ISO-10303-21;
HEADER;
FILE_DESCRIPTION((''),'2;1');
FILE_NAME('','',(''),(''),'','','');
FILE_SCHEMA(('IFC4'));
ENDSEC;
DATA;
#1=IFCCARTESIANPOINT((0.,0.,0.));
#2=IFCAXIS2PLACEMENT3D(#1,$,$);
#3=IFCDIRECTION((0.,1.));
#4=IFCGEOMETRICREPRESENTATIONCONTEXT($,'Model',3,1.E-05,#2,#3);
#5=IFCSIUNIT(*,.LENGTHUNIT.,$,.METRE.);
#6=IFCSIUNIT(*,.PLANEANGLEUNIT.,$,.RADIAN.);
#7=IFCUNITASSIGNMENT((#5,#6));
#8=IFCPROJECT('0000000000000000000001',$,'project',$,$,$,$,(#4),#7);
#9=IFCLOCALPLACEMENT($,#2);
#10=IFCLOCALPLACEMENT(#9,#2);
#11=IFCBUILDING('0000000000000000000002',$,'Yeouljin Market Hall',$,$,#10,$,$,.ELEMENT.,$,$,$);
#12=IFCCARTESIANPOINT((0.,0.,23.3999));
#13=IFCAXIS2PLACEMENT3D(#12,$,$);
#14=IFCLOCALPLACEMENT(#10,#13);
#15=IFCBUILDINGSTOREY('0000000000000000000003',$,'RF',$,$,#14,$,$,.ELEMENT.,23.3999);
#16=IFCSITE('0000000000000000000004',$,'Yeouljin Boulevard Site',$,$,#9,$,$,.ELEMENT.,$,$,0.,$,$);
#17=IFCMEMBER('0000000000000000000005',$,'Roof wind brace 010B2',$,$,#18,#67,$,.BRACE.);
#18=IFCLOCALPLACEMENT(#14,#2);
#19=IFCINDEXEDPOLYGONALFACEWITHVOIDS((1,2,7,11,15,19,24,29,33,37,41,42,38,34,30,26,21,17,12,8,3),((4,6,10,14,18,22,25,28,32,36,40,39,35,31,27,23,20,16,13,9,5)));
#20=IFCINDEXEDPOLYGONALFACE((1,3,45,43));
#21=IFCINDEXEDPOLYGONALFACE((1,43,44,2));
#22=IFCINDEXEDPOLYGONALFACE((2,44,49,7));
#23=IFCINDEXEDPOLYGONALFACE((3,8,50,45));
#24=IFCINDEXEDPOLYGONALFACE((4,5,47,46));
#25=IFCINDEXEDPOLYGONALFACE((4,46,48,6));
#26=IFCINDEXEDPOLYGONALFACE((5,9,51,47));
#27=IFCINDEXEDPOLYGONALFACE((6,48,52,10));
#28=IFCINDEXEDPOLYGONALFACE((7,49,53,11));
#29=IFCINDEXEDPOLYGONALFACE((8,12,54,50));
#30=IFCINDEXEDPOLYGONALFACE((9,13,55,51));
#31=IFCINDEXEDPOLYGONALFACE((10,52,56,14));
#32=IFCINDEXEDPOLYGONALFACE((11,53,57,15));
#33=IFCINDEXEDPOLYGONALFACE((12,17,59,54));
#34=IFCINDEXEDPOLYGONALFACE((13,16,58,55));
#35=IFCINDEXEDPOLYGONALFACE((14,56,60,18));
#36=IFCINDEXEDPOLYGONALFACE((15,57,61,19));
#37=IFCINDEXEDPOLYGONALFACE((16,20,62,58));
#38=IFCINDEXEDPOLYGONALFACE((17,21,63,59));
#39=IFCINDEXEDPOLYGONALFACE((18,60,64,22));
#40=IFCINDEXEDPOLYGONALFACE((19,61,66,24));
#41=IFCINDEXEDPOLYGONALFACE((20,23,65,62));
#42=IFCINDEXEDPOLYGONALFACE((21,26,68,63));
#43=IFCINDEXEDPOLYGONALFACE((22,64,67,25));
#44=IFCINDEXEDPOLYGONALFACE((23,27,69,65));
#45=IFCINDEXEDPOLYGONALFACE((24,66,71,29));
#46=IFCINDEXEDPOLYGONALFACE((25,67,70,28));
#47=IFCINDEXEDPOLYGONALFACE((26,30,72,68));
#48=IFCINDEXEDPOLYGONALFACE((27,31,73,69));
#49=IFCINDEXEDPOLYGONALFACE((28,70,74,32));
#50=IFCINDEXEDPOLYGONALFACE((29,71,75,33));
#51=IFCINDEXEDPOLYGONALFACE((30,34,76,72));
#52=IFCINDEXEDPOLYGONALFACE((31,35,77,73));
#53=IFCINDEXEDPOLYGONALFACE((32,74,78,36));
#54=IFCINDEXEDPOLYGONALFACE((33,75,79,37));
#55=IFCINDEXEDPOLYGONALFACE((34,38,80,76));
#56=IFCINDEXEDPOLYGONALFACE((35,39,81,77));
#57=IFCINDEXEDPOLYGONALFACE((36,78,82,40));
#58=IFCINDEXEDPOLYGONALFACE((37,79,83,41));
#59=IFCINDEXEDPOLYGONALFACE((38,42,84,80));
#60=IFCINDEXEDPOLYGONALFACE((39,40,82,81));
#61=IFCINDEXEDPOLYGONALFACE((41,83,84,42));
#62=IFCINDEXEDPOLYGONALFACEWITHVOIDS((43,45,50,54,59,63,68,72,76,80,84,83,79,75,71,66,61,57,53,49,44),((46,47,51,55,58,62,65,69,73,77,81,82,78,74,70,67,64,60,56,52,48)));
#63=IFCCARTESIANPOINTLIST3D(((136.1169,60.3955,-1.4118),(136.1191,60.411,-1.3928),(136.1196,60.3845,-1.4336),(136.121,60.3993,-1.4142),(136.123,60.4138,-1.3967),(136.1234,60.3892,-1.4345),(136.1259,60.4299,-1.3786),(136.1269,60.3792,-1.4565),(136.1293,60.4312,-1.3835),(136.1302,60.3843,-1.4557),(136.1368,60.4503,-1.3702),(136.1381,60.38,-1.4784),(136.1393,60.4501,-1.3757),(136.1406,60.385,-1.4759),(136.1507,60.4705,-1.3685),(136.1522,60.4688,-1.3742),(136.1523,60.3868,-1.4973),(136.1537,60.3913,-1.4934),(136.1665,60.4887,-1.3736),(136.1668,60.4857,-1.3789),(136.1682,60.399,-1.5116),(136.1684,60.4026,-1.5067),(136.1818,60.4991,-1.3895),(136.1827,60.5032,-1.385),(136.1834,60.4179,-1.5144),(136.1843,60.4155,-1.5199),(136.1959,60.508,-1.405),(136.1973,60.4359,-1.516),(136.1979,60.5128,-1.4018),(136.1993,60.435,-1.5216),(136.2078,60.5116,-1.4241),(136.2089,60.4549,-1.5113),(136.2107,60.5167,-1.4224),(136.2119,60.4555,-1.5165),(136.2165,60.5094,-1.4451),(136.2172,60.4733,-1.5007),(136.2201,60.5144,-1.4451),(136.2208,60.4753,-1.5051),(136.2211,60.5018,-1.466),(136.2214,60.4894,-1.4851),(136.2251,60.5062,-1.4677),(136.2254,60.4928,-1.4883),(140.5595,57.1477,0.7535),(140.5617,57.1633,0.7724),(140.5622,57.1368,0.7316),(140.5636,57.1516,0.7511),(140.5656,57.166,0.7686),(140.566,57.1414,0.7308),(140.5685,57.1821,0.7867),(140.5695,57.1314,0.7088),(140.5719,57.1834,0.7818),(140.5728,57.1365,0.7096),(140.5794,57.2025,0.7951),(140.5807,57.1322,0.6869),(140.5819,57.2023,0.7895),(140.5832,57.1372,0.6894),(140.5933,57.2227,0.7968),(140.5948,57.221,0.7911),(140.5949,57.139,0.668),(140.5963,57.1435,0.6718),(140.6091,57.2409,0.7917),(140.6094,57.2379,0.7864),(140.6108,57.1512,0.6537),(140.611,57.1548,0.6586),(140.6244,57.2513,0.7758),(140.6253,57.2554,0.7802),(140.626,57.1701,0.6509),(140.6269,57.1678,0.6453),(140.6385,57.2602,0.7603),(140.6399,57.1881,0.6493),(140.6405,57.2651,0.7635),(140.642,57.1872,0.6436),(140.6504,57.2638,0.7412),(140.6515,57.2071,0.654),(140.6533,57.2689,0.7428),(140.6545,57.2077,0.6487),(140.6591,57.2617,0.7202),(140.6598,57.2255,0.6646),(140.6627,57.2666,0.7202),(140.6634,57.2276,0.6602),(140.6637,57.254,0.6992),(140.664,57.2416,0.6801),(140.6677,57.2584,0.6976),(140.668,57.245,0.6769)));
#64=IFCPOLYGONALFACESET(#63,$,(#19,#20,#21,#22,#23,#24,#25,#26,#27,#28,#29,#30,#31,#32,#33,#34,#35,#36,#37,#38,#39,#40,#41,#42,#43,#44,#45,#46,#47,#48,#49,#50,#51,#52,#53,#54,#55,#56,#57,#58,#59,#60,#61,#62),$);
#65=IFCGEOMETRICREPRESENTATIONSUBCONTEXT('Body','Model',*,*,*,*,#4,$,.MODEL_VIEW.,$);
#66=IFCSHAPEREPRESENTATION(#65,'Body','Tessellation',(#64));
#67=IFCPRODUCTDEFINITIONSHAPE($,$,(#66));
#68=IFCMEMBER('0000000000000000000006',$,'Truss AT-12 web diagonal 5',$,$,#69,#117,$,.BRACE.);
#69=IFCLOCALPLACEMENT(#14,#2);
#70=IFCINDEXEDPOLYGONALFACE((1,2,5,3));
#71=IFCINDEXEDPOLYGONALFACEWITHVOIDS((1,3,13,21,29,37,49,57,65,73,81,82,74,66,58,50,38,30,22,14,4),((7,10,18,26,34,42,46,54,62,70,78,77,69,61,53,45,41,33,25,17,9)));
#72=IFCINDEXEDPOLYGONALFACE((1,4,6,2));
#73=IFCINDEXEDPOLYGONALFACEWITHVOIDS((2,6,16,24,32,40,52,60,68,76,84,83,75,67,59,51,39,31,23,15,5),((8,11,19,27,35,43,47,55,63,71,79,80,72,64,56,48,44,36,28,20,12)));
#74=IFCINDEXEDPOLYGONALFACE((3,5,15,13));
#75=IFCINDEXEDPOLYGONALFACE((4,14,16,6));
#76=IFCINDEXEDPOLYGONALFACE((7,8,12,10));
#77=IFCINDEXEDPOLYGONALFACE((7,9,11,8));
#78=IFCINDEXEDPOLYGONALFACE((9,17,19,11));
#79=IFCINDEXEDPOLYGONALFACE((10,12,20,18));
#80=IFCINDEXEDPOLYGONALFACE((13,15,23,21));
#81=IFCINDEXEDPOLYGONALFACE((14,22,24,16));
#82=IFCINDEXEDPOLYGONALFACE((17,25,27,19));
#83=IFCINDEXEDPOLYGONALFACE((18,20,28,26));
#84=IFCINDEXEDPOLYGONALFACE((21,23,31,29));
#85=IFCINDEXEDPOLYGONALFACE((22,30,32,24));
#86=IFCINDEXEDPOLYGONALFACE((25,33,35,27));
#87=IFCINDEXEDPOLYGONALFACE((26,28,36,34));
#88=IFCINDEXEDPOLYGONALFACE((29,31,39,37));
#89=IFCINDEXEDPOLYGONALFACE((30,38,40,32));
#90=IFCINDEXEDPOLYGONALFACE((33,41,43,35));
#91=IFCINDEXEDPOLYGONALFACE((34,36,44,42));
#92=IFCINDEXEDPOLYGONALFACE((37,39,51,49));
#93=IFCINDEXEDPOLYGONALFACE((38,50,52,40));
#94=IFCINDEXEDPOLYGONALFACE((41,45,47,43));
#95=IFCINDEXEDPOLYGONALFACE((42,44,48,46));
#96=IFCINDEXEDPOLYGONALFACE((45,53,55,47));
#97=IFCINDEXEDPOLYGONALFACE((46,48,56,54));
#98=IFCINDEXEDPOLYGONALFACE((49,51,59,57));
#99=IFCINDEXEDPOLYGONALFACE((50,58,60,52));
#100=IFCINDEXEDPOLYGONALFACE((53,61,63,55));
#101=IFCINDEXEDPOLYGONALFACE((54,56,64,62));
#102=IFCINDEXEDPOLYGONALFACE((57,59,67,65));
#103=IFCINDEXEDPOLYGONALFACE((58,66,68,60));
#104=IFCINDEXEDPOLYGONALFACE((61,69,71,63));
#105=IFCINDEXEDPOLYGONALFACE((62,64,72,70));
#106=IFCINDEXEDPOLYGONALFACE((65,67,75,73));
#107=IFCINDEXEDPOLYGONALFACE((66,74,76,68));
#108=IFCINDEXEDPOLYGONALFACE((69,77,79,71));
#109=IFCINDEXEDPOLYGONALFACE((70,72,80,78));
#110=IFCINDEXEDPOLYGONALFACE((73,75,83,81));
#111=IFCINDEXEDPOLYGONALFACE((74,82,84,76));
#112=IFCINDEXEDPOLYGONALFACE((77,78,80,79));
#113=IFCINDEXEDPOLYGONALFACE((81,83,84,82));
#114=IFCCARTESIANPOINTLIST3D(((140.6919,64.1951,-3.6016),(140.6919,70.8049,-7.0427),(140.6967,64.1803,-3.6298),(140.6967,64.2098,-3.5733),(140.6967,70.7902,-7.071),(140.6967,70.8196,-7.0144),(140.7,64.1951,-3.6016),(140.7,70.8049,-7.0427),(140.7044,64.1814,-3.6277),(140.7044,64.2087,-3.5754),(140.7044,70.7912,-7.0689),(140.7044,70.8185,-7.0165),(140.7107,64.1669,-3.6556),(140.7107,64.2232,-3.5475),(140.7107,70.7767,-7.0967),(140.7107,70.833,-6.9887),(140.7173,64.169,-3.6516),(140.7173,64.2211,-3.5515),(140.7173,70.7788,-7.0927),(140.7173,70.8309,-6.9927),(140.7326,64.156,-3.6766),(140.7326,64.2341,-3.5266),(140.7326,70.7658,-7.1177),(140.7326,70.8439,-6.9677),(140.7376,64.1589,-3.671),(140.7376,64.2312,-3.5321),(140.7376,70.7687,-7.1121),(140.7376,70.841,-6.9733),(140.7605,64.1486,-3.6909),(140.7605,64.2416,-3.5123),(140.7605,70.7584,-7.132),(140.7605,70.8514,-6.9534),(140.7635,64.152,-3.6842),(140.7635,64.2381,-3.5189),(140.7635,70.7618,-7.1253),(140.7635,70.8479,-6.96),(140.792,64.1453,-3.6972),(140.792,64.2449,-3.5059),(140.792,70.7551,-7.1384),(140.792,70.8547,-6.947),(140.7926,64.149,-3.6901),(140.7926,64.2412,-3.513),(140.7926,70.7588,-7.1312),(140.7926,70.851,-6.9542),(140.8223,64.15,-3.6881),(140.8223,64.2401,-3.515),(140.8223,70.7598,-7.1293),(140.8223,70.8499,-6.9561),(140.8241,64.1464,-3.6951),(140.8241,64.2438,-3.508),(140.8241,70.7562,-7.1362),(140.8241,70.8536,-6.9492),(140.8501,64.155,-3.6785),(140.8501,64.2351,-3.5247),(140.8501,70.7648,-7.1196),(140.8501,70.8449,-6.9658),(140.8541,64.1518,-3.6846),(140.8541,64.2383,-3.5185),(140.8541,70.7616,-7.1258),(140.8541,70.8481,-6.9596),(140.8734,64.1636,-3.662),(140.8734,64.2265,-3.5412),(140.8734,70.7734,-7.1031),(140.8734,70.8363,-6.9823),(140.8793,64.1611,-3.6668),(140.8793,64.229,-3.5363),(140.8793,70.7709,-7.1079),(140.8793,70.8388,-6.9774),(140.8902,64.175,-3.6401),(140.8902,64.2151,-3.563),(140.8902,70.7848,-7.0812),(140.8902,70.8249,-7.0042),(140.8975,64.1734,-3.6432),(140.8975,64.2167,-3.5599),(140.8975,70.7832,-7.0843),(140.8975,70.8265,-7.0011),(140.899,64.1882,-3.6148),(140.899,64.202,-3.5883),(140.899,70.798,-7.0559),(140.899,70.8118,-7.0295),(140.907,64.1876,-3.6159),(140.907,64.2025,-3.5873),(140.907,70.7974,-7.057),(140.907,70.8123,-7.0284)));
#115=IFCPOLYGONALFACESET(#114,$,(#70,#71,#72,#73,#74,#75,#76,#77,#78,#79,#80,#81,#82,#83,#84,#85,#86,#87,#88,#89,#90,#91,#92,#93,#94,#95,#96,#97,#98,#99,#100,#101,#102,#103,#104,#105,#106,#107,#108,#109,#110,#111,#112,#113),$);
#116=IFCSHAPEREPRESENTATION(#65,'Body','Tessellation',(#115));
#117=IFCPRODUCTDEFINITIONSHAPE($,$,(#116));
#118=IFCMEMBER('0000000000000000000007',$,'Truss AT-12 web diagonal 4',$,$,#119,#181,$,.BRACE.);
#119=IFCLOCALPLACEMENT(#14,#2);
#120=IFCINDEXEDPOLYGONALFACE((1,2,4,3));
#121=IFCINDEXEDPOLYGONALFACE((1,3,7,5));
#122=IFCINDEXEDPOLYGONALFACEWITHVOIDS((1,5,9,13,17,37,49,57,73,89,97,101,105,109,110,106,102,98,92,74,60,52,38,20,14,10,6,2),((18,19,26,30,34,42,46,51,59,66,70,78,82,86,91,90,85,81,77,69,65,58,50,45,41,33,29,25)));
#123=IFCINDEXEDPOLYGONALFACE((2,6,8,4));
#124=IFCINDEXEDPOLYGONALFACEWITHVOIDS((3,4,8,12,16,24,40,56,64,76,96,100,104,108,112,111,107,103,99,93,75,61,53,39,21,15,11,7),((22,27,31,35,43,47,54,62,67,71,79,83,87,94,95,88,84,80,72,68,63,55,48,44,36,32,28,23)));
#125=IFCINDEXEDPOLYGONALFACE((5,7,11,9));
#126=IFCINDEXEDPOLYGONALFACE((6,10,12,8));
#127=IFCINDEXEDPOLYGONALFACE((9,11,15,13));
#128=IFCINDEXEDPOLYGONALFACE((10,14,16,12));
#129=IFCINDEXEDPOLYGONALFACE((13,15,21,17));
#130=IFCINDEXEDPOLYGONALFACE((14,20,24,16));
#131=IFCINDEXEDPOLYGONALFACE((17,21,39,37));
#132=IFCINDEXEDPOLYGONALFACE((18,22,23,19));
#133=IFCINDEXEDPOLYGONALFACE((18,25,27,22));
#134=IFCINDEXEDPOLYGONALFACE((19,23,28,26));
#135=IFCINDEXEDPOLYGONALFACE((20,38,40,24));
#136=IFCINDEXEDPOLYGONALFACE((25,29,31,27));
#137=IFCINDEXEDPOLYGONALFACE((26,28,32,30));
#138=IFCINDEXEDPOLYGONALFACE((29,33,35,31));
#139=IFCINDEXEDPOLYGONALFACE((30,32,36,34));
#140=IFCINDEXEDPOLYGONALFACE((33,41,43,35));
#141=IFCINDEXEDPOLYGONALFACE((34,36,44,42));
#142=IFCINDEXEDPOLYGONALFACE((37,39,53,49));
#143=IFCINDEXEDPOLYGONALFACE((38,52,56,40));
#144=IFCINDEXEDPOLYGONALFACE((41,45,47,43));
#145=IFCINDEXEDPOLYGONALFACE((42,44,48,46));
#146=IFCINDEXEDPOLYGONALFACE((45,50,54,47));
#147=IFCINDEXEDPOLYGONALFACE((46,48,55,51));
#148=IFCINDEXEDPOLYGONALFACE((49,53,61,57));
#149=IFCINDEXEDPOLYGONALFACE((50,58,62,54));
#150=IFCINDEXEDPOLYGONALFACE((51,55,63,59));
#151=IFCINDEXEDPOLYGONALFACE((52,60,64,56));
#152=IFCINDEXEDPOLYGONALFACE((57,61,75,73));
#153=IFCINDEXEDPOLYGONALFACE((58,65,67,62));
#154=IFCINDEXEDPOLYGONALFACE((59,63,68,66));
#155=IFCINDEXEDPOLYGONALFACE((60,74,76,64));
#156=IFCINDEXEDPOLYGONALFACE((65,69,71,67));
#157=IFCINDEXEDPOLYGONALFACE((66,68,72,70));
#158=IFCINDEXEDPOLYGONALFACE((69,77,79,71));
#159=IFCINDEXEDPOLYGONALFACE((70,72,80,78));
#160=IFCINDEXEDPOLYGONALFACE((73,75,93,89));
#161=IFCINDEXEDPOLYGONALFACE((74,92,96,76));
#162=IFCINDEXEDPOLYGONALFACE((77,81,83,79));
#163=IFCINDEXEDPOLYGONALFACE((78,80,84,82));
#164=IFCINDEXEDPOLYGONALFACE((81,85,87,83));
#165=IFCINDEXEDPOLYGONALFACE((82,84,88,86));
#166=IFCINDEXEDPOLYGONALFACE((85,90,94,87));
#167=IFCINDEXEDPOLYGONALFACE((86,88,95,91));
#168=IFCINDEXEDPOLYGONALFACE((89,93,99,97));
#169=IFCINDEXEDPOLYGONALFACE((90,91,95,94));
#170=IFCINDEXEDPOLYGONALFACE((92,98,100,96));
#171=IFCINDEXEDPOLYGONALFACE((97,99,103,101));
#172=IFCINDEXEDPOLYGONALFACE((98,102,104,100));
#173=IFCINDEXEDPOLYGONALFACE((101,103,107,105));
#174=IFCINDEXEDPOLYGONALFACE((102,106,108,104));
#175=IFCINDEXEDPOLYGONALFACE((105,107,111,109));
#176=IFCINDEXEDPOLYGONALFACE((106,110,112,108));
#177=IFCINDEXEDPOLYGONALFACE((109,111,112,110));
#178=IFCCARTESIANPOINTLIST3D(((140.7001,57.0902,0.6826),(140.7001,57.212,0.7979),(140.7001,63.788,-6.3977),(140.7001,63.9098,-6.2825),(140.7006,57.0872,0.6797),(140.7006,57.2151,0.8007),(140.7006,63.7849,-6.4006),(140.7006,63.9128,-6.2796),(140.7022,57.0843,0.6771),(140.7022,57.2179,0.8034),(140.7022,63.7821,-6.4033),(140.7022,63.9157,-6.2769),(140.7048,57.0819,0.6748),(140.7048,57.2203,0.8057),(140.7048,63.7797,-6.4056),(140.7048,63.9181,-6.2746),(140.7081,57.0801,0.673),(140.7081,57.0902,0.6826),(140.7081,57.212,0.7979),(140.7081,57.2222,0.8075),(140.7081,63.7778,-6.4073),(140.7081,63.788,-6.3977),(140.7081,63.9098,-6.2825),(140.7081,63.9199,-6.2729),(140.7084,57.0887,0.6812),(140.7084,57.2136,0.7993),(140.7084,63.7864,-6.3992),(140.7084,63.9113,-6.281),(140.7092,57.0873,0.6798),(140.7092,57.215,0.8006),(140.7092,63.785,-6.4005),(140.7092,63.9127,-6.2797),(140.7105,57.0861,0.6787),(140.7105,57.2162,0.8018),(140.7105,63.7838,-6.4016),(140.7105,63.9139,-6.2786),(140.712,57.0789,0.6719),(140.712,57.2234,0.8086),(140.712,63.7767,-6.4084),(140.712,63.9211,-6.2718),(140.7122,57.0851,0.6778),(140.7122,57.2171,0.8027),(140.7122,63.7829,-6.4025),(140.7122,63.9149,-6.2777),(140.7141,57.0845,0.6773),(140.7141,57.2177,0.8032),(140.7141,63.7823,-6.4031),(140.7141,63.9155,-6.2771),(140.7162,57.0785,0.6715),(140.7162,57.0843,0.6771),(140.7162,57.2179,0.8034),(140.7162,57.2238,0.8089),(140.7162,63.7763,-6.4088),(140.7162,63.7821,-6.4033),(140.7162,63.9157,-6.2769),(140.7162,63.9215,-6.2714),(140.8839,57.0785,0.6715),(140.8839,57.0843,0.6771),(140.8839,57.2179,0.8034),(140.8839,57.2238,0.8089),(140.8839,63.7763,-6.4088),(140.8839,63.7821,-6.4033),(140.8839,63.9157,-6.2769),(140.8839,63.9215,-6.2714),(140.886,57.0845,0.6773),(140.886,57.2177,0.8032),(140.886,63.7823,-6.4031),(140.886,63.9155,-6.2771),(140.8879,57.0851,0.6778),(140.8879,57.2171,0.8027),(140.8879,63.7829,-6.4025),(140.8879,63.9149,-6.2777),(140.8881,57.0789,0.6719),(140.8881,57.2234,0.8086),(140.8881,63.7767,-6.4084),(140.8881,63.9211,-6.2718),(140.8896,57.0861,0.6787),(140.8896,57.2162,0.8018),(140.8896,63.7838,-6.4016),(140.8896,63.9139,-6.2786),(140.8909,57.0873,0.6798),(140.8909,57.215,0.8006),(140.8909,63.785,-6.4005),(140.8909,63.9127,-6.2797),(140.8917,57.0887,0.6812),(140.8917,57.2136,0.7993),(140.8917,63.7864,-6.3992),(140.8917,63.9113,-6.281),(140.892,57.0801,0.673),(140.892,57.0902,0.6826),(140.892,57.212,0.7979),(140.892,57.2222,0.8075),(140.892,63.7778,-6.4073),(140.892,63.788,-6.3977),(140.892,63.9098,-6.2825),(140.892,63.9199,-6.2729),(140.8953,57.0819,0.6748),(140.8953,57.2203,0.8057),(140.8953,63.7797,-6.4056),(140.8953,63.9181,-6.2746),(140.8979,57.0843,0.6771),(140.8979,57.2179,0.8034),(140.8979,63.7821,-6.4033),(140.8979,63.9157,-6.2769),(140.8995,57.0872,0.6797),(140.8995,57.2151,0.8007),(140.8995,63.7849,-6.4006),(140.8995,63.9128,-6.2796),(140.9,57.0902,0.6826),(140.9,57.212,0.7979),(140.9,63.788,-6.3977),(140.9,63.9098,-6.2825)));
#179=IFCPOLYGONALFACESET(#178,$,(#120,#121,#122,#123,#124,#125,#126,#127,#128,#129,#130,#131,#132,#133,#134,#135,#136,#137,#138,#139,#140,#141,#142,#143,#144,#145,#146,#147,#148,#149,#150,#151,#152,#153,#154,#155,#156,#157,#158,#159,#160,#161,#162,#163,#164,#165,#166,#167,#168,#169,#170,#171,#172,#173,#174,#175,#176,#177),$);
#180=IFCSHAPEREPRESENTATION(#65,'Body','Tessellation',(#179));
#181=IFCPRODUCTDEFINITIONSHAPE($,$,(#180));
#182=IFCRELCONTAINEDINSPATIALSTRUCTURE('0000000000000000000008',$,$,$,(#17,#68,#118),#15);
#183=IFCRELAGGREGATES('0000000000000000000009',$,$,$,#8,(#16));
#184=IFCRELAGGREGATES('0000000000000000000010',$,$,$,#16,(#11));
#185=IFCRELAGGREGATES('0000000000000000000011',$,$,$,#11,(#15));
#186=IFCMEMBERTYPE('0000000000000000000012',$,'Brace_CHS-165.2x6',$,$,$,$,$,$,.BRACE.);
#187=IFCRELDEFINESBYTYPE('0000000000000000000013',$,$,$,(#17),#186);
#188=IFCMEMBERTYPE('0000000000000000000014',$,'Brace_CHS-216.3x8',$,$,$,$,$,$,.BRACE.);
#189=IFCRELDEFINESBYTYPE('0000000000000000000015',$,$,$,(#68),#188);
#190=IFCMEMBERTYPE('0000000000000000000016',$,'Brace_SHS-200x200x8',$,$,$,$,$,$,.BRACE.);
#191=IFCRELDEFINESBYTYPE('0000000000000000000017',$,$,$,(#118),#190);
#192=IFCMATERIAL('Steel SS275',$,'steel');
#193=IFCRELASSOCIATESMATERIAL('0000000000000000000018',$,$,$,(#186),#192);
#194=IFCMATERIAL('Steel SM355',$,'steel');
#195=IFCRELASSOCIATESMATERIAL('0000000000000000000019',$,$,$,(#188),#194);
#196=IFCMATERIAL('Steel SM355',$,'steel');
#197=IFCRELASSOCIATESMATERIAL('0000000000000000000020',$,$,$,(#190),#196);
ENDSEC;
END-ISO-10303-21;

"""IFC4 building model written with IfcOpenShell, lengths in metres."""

from ifc_helpers import new_model, si_unit, direction, frame, origin, origin_2d, place, context, subcontext, project, spatial, hollow_rectangle, hollow_circle, extrude, material, material_profile, profile_set, type_object, element, save


model = new_model("IFC4")

# Units and contexts
model_context = context("Model", 3, precision=1e-05, world=origin(), true_north=direction((0.0, 1.0)))
body_context = subcontext(model_context, "Body", "Model", "MODEL_VIEW")
ifc_project = project(units=[si_unit("LENGTHUNIT", "METRE"), si_unit("PLANEANGLEUNIT", "RADIAN")], contexts=[model_context])

# Site, building, storey
site_placement = place(None, origin())
site = spatial("IfcSite", under=ifc_project, at=site_placement, Name="Yeouljin Boulevard Site", CompositionType="ELEMENT", RefElevation=0.0)
building_placement = place(site_placement, origin())
building = spatial("IfcBuilding", under=site, at=building_placement, Name="Yeouljin Market Hall", CompositionType="ELEMENT")
storey_placement = place(building_placement, frame((0.0, 0.0, 23.3999)))
storey = spatial("IfcBuildingStorey", under=building, at=storey_placement, Name="RF", CompositionType="ELEMENT", Elevation=23.3999)

# Members
ifc_material_1 = material(Name="Steel SS275", Category="steel")
ifc_material_profile_1 = material_profile(ifc_material_1, hollow_circle(Radius=0.0825, WallThickness=0.0061, at=origin_2d()), Name="CHS-165.2x6")
ifc_profile_set_1 = profile_set([ifc_material_profile_1], Name="Steel SS275")
member_type_1 = type_object("IfcMemberType", Name="Brace_CHS-165.2x6", PredefinedType="BRACE", material=ifc_profile_set_1)
member_1_placement = place(storey_placement, frame((136.1714, 60.4478, -1.4451), z_axis=(0.751224, -0.549186, 0.366138), x_axis=(0.590167, 0.807281, 0.0)))
element("IfcMember", 1, at=member_1_placement, inside=storey, type_object=member_type_1, Name="Roof wind brace 010B2", PredefinedType="BRACE", context=body_context, shape_type="SweptSolid", body=[
    extrude(hollow_circle(Radius=0.0825, WallThickness=0.0061, at=origin_2d()), origin(), (0.0, 0.0, 1.0), 5.9138),
])
ifc_material_2 = material(Name="Steel SM355", Category="steel")
ifc_material_profile_2 = material_profile(ifc_material_2, hollow_circle(Radius=0.1082, WallThickness=0.0081, at=origin_2d()), Name="CHS-216.3x8")
ifc_profile_set_2 = profile_set([ifc_material_profile_2], Name="Steel SM355")
member_type_2 = type_object("IfcMemberType", Name="Brace_CHS-216.3x8", PredefinedType="BRACE", material=ifc_profile_set_2)
member_2_placement = place(storey_placement, frame((140.8, 64.1951, -3.6016), z_axis=(0.0, 0.886995, -0.461779), x_axis=(-1.0, 0.0, 0.0)))
element("IfcMember", 2, at=member_2_placement, inside=storey, type_object=member_type_2, Name="Truss AT-12 web diagonal 5", PredefinedType="BRACE", context=body_context, shape_type="SweptSolid", body=[
    extrude(hollow_circle(Radius=0.1082, WallThickness=0.0081, at=origin_2d()), origin(), (0.0, 0.0, 1.0), 7.4519),
])
ifc_material_3 = material(Name="Steel SM355", Category="steel")
ifc_material_profile_3 = material_profile(ifc_material_3, hollow_rectangle(XDim=0.2, YDim=0.2, WallThickness=0.0081, InnerFilletRadius=0.0081, OuterFilletRadius=0.0161, at=origin_2d()), Name="SHS-200x200x8")
ifc_profile_set_3 = profile_set([ifc_material_profile_3], Name="Steel SM355")
member_type_3 = type_object("IfcMemberType", Name="Brace_SHS-200x200x8", PredefinedType="BRACE", material=ifc_profile_set_3)
member_3_placement = place(storey_placement, frame((140.8, 57.1511, 0.7402), z_axis=(0.0, 0.687208, -0.726461), x_axis=(-1.0, 0.0, 0.0)))
element("IfcMember", 3, at=member_3_placement, inside=storey, type_object=member_type_3, Name="Truss AT-12 web diagonal 4", PredefinedType="BRACE", context=body_context, shape_type="SweptSolid", body=[
    extrude(hollow_rectangle(XDim=0.2, YDim=0.2, WallThickness=0.0081, InnerFilletRadius=0.0081, OuterFilletRadius=0.0161, at=origin_2d()), origin(), (0.0, 0.0, 1.0), 9.7463),
])

save(model, "model.ifc")
